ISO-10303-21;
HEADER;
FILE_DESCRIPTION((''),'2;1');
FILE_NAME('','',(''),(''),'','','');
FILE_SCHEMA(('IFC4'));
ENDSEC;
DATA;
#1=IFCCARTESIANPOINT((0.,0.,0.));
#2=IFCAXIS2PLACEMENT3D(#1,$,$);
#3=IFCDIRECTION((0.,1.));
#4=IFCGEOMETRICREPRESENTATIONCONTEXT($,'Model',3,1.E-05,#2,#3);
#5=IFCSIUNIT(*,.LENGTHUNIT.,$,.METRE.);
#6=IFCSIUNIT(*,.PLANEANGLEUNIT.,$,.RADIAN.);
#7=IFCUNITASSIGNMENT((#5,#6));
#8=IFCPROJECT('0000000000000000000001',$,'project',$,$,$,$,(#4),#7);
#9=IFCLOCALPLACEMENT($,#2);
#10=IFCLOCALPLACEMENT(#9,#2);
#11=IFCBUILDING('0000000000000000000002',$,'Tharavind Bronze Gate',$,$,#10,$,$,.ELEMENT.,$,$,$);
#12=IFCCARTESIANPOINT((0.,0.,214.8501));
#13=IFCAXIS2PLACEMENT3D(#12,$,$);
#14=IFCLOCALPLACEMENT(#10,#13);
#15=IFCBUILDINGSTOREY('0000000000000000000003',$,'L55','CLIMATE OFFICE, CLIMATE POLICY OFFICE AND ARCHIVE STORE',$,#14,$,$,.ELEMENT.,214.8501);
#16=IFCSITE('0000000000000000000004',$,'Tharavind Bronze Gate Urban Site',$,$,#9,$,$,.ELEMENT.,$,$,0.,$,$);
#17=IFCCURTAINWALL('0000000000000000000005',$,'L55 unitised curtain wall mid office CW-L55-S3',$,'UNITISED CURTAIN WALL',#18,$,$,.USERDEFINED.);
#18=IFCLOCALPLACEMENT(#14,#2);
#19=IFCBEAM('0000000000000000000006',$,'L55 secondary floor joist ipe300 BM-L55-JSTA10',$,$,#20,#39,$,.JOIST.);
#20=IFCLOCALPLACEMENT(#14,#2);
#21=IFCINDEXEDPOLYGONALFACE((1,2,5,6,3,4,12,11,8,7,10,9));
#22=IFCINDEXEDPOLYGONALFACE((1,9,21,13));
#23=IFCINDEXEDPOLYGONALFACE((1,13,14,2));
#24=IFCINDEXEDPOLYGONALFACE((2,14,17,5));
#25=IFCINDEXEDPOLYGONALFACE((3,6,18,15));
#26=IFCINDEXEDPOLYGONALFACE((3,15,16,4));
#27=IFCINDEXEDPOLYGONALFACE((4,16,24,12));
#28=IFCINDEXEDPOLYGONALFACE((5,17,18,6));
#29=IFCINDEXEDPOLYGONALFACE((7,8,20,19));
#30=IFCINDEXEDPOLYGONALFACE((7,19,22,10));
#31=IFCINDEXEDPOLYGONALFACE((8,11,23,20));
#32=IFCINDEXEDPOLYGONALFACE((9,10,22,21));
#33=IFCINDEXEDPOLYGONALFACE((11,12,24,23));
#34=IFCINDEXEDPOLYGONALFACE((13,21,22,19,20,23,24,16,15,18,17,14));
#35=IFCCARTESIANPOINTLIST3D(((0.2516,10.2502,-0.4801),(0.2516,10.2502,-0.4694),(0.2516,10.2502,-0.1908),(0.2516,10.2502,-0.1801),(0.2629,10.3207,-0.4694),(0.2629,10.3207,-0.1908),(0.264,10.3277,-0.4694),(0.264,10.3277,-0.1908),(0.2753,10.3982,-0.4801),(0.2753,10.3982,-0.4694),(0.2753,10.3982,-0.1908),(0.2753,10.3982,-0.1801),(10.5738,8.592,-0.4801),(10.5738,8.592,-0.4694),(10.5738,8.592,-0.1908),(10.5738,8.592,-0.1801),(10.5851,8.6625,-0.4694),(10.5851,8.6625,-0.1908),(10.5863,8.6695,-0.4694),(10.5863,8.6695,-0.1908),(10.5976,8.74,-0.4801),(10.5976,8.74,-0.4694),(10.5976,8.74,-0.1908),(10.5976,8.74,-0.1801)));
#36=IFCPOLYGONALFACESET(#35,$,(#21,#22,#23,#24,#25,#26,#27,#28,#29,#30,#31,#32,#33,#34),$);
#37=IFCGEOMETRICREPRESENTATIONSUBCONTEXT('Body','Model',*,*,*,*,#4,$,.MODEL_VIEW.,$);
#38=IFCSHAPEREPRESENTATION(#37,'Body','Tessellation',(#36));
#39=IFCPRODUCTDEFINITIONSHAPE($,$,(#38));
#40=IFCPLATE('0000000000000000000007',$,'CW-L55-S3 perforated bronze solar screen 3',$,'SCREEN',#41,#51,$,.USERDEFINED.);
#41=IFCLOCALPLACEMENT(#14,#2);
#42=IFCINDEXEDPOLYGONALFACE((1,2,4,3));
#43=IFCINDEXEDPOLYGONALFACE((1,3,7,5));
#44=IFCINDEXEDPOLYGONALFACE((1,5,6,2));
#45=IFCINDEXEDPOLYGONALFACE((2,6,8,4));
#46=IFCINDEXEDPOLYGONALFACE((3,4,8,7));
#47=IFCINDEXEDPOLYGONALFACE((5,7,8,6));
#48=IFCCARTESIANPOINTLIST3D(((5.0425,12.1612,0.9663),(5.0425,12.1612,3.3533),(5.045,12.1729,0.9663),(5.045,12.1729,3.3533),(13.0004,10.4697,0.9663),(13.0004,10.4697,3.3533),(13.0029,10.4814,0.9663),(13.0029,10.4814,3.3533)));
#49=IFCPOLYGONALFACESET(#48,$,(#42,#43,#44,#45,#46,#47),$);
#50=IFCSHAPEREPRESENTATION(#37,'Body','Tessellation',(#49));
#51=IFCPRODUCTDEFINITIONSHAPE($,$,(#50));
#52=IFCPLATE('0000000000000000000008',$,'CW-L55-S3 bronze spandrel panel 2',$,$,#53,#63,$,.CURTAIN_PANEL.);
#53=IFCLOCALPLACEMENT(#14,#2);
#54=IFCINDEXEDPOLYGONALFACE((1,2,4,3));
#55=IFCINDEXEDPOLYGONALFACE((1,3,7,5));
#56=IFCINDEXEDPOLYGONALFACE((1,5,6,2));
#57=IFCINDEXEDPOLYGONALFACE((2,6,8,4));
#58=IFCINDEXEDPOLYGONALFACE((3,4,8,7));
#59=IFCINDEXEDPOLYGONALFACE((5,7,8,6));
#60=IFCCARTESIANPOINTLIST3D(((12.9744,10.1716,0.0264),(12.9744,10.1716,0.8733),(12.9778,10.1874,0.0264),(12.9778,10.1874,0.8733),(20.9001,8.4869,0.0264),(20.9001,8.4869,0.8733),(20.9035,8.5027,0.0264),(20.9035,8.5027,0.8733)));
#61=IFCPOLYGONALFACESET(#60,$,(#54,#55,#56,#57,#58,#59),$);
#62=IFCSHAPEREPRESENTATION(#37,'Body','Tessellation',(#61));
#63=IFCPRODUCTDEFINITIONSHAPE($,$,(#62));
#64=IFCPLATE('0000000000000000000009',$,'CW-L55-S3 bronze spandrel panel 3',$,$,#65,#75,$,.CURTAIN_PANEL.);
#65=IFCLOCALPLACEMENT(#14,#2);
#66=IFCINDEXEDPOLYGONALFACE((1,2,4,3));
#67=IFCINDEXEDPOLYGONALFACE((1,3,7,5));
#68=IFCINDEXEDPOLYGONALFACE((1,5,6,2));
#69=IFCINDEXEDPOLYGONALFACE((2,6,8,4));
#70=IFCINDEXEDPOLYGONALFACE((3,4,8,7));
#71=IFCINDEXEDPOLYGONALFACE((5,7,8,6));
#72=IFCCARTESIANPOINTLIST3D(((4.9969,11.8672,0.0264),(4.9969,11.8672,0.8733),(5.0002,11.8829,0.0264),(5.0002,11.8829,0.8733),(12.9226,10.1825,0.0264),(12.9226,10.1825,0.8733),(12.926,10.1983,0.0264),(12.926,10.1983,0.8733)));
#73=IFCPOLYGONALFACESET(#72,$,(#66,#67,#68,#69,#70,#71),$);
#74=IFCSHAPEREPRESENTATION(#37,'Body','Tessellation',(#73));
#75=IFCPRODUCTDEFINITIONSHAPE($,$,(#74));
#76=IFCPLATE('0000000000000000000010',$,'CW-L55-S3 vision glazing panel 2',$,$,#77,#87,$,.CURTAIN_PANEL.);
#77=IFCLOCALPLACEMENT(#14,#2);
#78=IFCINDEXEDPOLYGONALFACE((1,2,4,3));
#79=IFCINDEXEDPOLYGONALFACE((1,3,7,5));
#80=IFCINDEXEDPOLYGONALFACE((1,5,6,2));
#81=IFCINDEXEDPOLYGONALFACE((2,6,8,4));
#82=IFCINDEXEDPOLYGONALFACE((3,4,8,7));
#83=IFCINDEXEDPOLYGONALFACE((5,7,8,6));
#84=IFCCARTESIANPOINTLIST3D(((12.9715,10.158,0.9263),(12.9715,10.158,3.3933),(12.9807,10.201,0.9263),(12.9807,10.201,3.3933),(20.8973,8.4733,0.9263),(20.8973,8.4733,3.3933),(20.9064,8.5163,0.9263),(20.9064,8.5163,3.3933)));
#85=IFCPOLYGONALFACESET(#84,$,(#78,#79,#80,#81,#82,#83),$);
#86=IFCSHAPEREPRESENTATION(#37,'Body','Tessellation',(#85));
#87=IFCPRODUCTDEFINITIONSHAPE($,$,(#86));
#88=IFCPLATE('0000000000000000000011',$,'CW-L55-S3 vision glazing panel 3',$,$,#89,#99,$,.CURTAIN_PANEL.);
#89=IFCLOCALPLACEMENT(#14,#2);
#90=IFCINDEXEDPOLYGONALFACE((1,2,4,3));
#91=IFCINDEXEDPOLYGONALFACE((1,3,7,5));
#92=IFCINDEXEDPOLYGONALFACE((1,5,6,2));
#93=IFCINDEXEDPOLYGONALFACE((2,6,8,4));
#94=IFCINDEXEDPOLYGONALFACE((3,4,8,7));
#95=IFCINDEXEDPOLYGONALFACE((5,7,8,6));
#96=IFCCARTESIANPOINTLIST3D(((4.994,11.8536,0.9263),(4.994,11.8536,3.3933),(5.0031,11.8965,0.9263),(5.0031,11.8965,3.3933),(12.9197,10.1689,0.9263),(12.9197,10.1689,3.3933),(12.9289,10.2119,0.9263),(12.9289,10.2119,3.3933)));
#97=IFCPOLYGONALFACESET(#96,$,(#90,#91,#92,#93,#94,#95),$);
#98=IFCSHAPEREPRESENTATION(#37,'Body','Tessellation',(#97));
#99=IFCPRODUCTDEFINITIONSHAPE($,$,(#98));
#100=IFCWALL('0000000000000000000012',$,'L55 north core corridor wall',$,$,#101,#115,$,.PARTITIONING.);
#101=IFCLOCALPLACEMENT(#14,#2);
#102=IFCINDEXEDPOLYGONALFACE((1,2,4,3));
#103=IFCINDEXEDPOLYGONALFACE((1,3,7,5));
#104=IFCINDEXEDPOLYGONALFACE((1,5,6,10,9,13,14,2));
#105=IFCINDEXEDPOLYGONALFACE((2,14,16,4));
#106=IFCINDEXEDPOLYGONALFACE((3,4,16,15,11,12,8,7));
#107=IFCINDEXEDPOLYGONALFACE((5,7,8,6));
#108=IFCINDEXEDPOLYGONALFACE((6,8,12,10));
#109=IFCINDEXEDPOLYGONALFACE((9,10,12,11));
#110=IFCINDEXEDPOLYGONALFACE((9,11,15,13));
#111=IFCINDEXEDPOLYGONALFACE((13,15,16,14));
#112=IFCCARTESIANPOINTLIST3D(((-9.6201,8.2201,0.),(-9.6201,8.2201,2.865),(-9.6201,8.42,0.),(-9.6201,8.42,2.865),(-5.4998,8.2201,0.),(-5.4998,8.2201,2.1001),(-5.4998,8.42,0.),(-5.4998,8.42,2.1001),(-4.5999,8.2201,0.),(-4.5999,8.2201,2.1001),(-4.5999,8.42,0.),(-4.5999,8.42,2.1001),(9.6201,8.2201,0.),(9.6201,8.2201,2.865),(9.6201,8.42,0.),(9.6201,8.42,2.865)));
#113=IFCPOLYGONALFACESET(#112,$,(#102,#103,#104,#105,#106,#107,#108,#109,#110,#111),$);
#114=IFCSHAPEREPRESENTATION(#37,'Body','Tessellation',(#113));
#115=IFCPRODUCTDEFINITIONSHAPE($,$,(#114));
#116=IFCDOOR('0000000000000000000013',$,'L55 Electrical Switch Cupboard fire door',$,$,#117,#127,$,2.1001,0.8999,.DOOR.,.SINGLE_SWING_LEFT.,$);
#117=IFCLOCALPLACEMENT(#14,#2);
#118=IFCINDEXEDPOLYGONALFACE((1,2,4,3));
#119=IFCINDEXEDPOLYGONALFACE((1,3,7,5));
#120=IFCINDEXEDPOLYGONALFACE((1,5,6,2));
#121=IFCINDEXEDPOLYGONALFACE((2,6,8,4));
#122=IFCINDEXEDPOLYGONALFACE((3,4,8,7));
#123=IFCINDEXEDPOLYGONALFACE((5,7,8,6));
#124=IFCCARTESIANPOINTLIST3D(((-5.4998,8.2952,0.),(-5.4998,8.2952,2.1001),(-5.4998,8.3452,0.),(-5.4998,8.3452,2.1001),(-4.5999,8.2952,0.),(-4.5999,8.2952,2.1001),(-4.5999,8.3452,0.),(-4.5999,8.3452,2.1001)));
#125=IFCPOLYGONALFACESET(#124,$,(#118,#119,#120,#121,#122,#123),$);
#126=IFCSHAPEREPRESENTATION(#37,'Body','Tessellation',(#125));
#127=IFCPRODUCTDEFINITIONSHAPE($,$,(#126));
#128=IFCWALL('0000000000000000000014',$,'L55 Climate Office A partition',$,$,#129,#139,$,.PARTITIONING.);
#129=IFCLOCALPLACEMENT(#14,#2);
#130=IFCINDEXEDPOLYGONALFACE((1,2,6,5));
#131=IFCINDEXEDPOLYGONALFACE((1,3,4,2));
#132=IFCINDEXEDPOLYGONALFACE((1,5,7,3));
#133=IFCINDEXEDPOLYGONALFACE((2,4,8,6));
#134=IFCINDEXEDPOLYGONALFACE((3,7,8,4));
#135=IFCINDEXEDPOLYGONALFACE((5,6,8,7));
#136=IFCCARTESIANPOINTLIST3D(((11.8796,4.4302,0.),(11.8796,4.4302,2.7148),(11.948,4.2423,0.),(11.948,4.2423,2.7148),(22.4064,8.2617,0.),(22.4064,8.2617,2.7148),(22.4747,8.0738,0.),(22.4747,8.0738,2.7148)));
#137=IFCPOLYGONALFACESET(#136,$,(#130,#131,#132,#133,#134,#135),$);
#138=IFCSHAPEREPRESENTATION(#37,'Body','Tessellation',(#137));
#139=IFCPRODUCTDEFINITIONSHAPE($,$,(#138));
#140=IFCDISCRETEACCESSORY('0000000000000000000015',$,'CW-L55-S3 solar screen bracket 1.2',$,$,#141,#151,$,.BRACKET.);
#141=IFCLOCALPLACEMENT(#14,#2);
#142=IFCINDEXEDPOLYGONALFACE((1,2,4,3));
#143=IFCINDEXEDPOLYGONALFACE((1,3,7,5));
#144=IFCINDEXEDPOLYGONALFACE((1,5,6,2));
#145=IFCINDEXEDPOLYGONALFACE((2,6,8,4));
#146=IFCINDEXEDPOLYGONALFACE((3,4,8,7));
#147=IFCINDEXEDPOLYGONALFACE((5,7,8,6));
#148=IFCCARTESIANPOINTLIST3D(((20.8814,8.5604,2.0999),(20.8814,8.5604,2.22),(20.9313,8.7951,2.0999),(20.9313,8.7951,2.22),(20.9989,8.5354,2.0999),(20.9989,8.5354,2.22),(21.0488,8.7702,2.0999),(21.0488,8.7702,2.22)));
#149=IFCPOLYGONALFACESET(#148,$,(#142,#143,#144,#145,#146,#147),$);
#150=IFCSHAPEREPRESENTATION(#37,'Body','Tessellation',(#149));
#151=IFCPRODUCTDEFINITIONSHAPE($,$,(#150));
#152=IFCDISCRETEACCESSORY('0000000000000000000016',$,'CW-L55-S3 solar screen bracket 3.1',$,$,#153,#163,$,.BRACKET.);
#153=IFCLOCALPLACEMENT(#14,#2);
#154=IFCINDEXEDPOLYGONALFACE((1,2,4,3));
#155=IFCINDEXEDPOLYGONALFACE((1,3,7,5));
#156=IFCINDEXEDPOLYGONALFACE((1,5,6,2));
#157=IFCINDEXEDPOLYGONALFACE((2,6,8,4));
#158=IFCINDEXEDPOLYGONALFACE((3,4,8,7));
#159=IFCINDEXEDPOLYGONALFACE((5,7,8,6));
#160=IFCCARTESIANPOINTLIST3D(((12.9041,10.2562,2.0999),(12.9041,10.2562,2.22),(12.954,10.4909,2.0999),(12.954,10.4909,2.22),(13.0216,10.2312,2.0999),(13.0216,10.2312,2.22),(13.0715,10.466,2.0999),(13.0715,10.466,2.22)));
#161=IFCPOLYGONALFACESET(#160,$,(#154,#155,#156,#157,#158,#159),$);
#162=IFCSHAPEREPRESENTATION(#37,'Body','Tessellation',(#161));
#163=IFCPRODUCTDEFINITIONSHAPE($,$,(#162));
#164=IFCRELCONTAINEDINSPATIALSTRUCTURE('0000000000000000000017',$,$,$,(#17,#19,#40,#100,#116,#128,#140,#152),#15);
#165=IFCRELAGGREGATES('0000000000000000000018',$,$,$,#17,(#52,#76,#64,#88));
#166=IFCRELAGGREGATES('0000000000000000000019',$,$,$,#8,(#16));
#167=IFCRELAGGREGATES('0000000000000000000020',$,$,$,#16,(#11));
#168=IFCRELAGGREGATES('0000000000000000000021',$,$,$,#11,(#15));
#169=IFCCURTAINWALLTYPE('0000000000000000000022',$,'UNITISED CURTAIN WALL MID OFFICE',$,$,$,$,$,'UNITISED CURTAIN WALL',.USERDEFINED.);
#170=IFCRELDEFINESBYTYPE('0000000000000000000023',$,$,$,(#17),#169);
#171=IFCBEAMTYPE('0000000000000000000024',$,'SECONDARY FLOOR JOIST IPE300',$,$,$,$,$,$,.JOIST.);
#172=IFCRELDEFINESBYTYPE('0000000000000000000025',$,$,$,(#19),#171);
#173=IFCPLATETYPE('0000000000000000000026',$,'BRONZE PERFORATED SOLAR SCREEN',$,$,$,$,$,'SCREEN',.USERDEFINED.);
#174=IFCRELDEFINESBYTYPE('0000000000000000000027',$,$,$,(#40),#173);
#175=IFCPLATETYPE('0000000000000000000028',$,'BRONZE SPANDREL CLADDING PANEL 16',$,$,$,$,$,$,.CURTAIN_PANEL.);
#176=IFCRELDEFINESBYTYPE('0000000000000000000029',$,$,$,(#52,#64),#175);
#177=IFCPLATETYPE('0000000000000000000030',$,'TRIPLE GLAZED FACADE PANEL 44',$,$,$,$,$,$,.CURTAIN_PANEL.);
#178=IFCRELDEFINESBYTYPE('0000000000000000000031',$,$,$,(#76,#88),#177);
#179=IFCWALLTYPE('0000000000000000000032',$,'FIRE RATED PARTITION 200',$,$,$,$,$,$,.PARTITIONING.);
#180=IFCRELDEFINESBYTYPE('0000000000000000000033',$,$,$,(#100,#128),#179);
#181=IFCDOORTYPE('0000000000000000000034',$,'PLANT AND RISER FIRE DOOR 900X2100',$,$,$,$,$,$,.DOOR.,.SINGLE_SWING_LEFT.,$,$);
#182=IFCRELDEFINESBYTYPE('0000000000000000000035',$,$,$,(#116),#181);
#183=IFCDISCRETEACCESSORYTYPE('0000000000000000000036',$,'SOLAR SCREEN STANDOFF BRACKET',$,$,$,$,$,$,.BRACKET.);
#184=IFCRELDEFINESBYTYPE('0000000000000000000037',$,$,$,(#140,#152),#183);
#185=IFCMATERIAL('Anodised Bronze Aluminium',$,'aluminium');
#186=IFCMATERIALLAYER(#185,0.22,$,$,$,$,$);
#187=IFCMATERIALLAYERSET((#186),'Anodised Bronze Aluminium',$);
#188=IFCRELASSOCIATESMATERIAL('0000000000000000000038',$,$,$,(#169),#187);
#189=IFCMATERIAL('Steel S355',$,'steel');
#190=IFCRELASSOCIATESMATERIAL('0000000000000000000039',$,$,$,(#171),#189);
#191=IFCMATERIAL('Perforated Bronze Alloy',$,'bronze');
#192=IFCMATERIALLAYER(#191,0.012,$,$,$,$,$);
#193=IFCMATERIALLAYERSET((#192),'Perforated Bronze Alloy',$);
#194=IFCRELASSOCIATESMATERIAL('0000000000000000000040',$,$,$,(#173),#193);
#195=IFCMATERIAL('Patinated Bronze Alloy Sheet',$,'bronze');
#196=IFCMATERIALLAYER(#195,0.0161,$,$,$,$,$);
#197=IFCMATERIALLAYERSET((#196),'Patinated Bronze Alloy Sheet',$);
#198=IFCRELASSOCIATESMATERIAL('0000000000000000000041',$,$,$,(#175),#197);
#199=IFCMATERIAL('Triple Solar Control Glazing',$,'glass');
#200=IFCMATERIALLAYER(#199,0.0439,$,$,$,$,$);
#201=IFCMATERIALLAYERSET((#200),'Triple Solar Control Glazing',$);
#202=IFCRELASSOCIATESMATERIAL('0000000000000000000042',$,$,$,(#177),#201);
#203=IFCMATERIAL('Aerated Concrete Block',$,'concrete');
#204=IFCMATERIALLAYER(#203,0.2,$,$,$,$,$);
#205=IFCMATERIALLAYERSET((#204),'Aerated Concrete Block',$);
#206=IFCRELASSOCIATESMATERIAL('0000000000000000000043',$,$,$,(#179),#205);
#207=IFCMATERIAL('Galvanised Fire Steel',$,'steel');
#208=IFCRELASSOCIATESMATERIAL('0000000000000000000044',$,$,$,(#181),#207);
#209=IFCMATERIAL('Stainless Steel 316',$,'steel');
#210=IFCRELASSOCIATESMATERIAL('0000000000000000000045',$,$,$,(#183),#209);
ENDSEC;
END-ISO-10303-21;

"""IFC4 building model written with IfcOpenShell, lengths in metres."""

from ifc_helpers import new_model, si_unit, direction, frame, frame_2d, origin, origin_2d, place, context, subcontext, project, spatial, rectangle, i_section, extrude, material, layer, layer_set, material_profile, profile_set, type_object, element, fill, aggregate, save


model = new_model("IFC4")

# Units and contexts
model_context = context("Model", 3, precision=1e-05, world=origin(), true_north=direction((0.0, 1.0)))
body_context = subcontext(model_context, "Body", "Model", "MODEL_VIEW")
ifc_project = project(units=[si_unit("LENGTHUNIT", "METRE"), si_unit("PLANEANGLEUNIT", "RADIAN")], contexts=[model_context])

# Site, building, storey
site_placement = place(None, origin())
site = spatial("IfcSite", under=ifc_project, at=site_placement, Name="Tharavind Bronze Gate Urban Site", CompositionType="ELEMENT", RefElevation=0.0)
building_placement = place(site_placement, origin())
building = spatial("IfcBuilding", under=site, at=building_placement, Name="Tharavind Bronze Gate", CompositionType="ELEMENT")
storey_placement = place(building_placement, frame((0.0, 0.0, 214.8501)))
storey = spatial("IfcBuildingStorey", under=building, at=storey_placement, Name="L55", Description="CLIMATE OFFICE, CLIMATE POLICY OFFICE AND ARCHIVE STORE", CompositionType="ELEMENT", Elevation=214.8501)

# Curtain wall
ifc_material_1 = material(Name="Anodised Bronze Aluminium", Category="aluminium")
ifc_layer_1 = layer(ifc_material_1, 0.22)
ifc_layer_set_1 = layer_set([ifc_layer_1], Name="Anodised Bronze Aluminium")
curtain_wall_type = type_object("IfcCurtainWallType", Name="UNITISED CURTAIN WALL MID OFFICE", ElementType="UNITISED CURTAIN WALL", PredefinedType="USERDEFINED", material=ifc_layer_set_1)
curtain_wall_placement = place(storey_placement, origin())
curtain_wall = element("IfcCurtainWall", 1, at=curtain_wall_placement, inside=storey, type_object=curtain_wall_type, Name="L55 unitised curtain wall mid office CW-L55-S3", ObjectType="UNITISED CURTAIN WALL", PredefinedType="USERDEFINED")

# Beam
ifc_material_2 = material(Name="Steel S355", Category="steel")
ifc_material_profile_1 = material_profile(ifc_material_2, i_section(OverallWidth=0.1499, OverallDepth=0.3, WebThickness=0.0071, FlangeThickness=0.0107, at=origin_2d()), Name="IPE300")
ifc_profile_set_1 = profile_set([ifc_material_profile_1], Name="Steel S355")
beam_type_1 = type_object("IfcBeamType", Name="SECONDARY FLOOR JOIST IPE300", PredefinedType="JOIST", material=ifc_profile_set_1)
beam_1_placement = place(storey_placement, frame((10.5857, 8.666, -0.3301), z_axis=(-0.987341, 0.15861, 0.0), x_axis=(-0.15861, -0.987341, 0.0)))
element("IfcBeam", 2, at=beam_1_placement, inside=storey, type_object=beam_type_1, Name="L55 secondary floor joist ipe300 BM-L55-JSTA10", PredefinedType="JOIST", context=body_context, shape_type="SweptSolid", body=[
    extrude(i_section(OverallWidth=0.1499, OverallDepth=0.3, WebThickness=0.0071, FlangeThickness=0.0107, at=origin_2d()), origin(), (0.0, 0.0, 1.0), 10.4546),
])

# Plates
ifc_material_3 = material(Name="Perforated Bronze Alloy", Category="bronze")
ifc_layer_2 = layer(ifc_material_3, 0.012)
ifc_layer_set_2 = layer_set([ifc_layer_2], Name="Perforated Bronze Alloy")
plate_type_1 = type_object("IfcPlateType", Name="BRONZE PERFORATED SOLAR SCREEN", ElementType="SCREEN", PredefinedType="USERDEFINED", material=ifc_layer_set_2)
plate_1_placement = place(storey_placement, frame((9.0227, 11.3213, 0.9663), z_axis=(0.0, 0.0, 1.0), x_axis=(-0.978148, 0.207912, 0.0)))
element("IfcPlate", 3, at=plate_1_placement, inside=storey, type_object=plate_type_1, Name="CW-L55-S3 perforated bronze solar screen 3", ObjectType="SCREEN", PredefinedType="USERDEFINED", context=body_context, shape_type="SweptSolid", body=[
    extrude(rectangle(XDim=8.1357, YDim=0.012, at=origin_2d()), origin(), (0.0, 0.0, 1.0), 2.387),
])
ifc_material_4 = material(Name="Patinated Bronze Alloy Sheet", Category="bronze")
ifc_layer_3 = layer(ifc_material_4, 0.0161)
ifc_layer_set_3 = layer_set([ifc_layer_3], Name="Patinated Bronze Alloy Sheet")
plate_type_2 = type_object("IfcPlateType", Name="BRONZE SPANDREL CLADDING PANEL 16", PredefinedType="CURTAIN_PANEL", material=ifc_layer_set_3)
plate_2_placement = place(storey_placement, frame((16.939, 9.3372, 0.0264), z_axis=(0.0, 0.0, 1.0), x_axis=(-0.978148, 0.207912, 0.0)))
plate_2 = element("IfcPlate", 4, at=plate_2_placement, type_object=plate_type_2, Name="CW-L55-S3 bronze spandrel panel 2", PredefinedType="CURTAIN_PANEL", context=body_context, shape_type="SweptSolid", body=[
    extrude(rectangle(XDim=8.1028, YDim=0.0161, at=origin_2d()), origin(), (0.0, 0.0, 1.0), 0.8469),
])
plate_3_placement = place(storey_placement, frame((8.9614, 11.0327, 0.0264), z_axis=(0.0, 0.0, 1.0), x_axis=(-0.978148, 0.207912, 0.0)))
plate_3 = element("IfcPlate", 5, at=plate_3_placement, type_object=plate_type_2, Name="CW-L55-S3 bronze spandrel panel 3", PredefinedType="CURTAIN_PANEL", context=body_context, shape_type="SweptSolid", body=[
    extrude(rectangle(XDim=8.1028, YDim=0.0161, at=origin_2d()), origin(), (0.0, 0.0, 1.0), 0.8469),
])
ifc_material_5 = material(Name="Triple Solar Control Glazing", Category="glass")
ifc_layer_4 = layer(ifc_material_5, 0.0439)
ifc_layer_set_4 = layer_set([ifc_layer_4], Name="Triple Solar Control Glazing")
plate_type_3 = type_object("IfcPlateType", Name="TRIPLE GLAZED FACADE PANEL 44", PredefinedType="CURTAIN_PANEL", material=ifc_layer_set_4)
plate_4_placement = place(storey_placement, frame((16.939, 9.3372, 0.9263), z_axis=(0.0, 0.0, 1.0), x_axis=(-0.978148, 0.207912, 0.0)))
plate_4 = element("IfcPlate", 6, at=plate_4_placement, type_object=plate_type_3, Name="CW-L55-S3 vision glazing panel 2", PredefinedType="CURTAIN_PANEL", context=body_context, shape_type="SweptSolid", body=[
    extrude(rectangle(XDim=8.1028, YDim=0.0439, at=origin_2d()), origin(), (0.0, 0.0, 1.0), 2.467),
])
plate_5_placement = place(storey_placement, frame((8.9614, 11.0327, 0.9263), z_axis=(0.0, 0.0, 1.0), x_axis=(-0.978148, 0.207912, 0.0)))
plate_5 = element("IfcPlate", 7, at=plate_5_placement, type_object=plate_type_3, Name="CW-L55-S3 vision glazing panel 3", PredefinedType="CURTAIN_PANEL", context=body_context, shape_type="SweptSolid", body=[
    extrude(rectangle(XDim=8.1028, YDim=0.0439, at=origin_2d()), origin(), (0.0, 0.0, 1.0), 2.467),
])
aggregate(curtain_wall, [plate_2, plate_4, plate_3, plate_5])

# Wall, opening, door
ifc_material_6 = material(Name="Aerated Concrete Block", Category="concrete")
ifc_layer_5 = layer(ifc_material_6, 0.2)
ifc_layer_set_5 = layer_set([ifc_layer_5], Name="Aerated Concrete Block")
wall_type = type_object("IfcWallType", Name="FIRE RATED PARTITION 200", PredefinedType="PARTITIONING", material=ifc_layer_set_5)
wall_1_placement = place(storey_placement, frame((9.6201, 8.3201, 0.0), z_axis=(0.0, 0.0, 1.0), x_axis=(-1.0, 0.0, 0.0)))
wall_1 = element("IfcWall", 8, at=wall_1_placement, inside=storey, type_object=wall_type, Name="L55 north core corridor wall", PredefinedType="PARTITIONING", context=body_context, shape_type="SweptSolid", body=[
    extrude(rectangle(XDim=19.2402, YDim=0.2, at=frame_2d((9.6201, 0.0))), origin(), (0.0, 0.0, 1.0), 2.865),
])
opening_1_placement = place(wall_1_placement, frame((14.22, 0.0, 0.0)))
opening_1 = element("IfcOpeningElement", 9, at=opening_1_placement, cuts=wall_1, PredefinedType="OPENING", context=body_context, shape_type="SweptSolid", body=[
    extrude(rectangle(XDim=0.8999, YDim=2.1001, at=frame_2d((0.45, 1.05))), frame((0.0, 0.1101, 0.0), z_axis=(0.0, -1.0, 0.0), x_axis=(1.0, 0.0, 0.0)), (0.0, 0.0, 1.0), 0.22),
])
ifc_material_7 = material(Name="Galvanised Fire Steel", Category="steel")
door_type_1 = type_object("IfcDoorType", Name="PLANT AND RISER FIRE DOOR 900X2100", OperationType="SINGLE_SWING_LEFT", PredefinedType="DOOR", material=ifc_material_7)
door_1_placement = place(opening_1_placement, origin())
door_1 = element("IfcDoor", 10, at=door_1_placement, inside=storey, type_object=door_type_1, Name="L55 Electrical Switch Cupboard fire door", OperationType="SINGLE_SWING_LEFT", OverallHeight=2.1001, OverallWidth=0.8999, PredefinedType="DOOR", context=body_context, shape_type="SweptSolid", body=[
    extrude(rectangle(XDim=0.8999, YDim=2.1001, at=frame_2d((0.45, 1.05))), frame((0.0, 0.0249, 0.0), z_axis=(0.0, -1.0, 0.0), x_axis=(1.0, 0.0, 0.0)), (0.0, 0.0, 1.0), 0.05),
])
fill(opening_1, door_1)

# Wall
wall_2_placement = place(storey_placement, frame((22.4404, 8.1677, 0.0), z_axis=(0.0, 0.0, 1.0), x_axis=(-0.93969, -0.342027, 0.0)))
element("IfcWall", 11, at=wall_2_placement, inside=storey, type_object=wall_type, Name="L55 Climate Office A partition", PredefinedType="PARTITIONING", context=body_context, shape_type="SweptSolid", body=[
    extrude(rectangle(XDim=11.2024, YDim=0.2, at=frame_2d((5.6011, 0.0))), origin(), (0.0, 0.0, 1.0), 2.7148),
])

# Discrete accessories
ifc_material_8 = material(Name="Stainless Steel 316", Category="steel")
discrete_accessory_type = type_object("IfcDiscreteAccessoryType", Name="SOLAR SCREEN STANDOFF BRACKET", PredefinedType="BRACKET", material=ifc_material_8)
for number, where, z_axis, x_axis, name in (
    (12, (20.9651, 8.6653, 2.0999), (0.0, 0.0, 1.0), (-0.978148, 0.207912, 0.0), "CW-L55-S3 solar screen bracket 1.2"),
    (13, (12.9878, 10.3611, 2.0999), (0.0, 0.0, 1.0), (-0.978148, 0.207912, 0.0), "CW-L55-S3 solar screen bracket 3.1"),
):
    element("IfcDiscreteAccessory", number, at=place(storey_placement, frame(where, z_axis=z_axis, x_axis=x_axis)), inside=storey, type_object=discrete_accessory_type, Name=name, PredefinedType="BRACKET", context=body_context, shape_type="SweptSolid", body=[
        extrude(rectangle(XDim=0.1201, YDim=0.24, at=origin_2d()), origin(), (0.0, 0.0, 1.0), 0.1201),
    ])

save(model, "model.ifc")
